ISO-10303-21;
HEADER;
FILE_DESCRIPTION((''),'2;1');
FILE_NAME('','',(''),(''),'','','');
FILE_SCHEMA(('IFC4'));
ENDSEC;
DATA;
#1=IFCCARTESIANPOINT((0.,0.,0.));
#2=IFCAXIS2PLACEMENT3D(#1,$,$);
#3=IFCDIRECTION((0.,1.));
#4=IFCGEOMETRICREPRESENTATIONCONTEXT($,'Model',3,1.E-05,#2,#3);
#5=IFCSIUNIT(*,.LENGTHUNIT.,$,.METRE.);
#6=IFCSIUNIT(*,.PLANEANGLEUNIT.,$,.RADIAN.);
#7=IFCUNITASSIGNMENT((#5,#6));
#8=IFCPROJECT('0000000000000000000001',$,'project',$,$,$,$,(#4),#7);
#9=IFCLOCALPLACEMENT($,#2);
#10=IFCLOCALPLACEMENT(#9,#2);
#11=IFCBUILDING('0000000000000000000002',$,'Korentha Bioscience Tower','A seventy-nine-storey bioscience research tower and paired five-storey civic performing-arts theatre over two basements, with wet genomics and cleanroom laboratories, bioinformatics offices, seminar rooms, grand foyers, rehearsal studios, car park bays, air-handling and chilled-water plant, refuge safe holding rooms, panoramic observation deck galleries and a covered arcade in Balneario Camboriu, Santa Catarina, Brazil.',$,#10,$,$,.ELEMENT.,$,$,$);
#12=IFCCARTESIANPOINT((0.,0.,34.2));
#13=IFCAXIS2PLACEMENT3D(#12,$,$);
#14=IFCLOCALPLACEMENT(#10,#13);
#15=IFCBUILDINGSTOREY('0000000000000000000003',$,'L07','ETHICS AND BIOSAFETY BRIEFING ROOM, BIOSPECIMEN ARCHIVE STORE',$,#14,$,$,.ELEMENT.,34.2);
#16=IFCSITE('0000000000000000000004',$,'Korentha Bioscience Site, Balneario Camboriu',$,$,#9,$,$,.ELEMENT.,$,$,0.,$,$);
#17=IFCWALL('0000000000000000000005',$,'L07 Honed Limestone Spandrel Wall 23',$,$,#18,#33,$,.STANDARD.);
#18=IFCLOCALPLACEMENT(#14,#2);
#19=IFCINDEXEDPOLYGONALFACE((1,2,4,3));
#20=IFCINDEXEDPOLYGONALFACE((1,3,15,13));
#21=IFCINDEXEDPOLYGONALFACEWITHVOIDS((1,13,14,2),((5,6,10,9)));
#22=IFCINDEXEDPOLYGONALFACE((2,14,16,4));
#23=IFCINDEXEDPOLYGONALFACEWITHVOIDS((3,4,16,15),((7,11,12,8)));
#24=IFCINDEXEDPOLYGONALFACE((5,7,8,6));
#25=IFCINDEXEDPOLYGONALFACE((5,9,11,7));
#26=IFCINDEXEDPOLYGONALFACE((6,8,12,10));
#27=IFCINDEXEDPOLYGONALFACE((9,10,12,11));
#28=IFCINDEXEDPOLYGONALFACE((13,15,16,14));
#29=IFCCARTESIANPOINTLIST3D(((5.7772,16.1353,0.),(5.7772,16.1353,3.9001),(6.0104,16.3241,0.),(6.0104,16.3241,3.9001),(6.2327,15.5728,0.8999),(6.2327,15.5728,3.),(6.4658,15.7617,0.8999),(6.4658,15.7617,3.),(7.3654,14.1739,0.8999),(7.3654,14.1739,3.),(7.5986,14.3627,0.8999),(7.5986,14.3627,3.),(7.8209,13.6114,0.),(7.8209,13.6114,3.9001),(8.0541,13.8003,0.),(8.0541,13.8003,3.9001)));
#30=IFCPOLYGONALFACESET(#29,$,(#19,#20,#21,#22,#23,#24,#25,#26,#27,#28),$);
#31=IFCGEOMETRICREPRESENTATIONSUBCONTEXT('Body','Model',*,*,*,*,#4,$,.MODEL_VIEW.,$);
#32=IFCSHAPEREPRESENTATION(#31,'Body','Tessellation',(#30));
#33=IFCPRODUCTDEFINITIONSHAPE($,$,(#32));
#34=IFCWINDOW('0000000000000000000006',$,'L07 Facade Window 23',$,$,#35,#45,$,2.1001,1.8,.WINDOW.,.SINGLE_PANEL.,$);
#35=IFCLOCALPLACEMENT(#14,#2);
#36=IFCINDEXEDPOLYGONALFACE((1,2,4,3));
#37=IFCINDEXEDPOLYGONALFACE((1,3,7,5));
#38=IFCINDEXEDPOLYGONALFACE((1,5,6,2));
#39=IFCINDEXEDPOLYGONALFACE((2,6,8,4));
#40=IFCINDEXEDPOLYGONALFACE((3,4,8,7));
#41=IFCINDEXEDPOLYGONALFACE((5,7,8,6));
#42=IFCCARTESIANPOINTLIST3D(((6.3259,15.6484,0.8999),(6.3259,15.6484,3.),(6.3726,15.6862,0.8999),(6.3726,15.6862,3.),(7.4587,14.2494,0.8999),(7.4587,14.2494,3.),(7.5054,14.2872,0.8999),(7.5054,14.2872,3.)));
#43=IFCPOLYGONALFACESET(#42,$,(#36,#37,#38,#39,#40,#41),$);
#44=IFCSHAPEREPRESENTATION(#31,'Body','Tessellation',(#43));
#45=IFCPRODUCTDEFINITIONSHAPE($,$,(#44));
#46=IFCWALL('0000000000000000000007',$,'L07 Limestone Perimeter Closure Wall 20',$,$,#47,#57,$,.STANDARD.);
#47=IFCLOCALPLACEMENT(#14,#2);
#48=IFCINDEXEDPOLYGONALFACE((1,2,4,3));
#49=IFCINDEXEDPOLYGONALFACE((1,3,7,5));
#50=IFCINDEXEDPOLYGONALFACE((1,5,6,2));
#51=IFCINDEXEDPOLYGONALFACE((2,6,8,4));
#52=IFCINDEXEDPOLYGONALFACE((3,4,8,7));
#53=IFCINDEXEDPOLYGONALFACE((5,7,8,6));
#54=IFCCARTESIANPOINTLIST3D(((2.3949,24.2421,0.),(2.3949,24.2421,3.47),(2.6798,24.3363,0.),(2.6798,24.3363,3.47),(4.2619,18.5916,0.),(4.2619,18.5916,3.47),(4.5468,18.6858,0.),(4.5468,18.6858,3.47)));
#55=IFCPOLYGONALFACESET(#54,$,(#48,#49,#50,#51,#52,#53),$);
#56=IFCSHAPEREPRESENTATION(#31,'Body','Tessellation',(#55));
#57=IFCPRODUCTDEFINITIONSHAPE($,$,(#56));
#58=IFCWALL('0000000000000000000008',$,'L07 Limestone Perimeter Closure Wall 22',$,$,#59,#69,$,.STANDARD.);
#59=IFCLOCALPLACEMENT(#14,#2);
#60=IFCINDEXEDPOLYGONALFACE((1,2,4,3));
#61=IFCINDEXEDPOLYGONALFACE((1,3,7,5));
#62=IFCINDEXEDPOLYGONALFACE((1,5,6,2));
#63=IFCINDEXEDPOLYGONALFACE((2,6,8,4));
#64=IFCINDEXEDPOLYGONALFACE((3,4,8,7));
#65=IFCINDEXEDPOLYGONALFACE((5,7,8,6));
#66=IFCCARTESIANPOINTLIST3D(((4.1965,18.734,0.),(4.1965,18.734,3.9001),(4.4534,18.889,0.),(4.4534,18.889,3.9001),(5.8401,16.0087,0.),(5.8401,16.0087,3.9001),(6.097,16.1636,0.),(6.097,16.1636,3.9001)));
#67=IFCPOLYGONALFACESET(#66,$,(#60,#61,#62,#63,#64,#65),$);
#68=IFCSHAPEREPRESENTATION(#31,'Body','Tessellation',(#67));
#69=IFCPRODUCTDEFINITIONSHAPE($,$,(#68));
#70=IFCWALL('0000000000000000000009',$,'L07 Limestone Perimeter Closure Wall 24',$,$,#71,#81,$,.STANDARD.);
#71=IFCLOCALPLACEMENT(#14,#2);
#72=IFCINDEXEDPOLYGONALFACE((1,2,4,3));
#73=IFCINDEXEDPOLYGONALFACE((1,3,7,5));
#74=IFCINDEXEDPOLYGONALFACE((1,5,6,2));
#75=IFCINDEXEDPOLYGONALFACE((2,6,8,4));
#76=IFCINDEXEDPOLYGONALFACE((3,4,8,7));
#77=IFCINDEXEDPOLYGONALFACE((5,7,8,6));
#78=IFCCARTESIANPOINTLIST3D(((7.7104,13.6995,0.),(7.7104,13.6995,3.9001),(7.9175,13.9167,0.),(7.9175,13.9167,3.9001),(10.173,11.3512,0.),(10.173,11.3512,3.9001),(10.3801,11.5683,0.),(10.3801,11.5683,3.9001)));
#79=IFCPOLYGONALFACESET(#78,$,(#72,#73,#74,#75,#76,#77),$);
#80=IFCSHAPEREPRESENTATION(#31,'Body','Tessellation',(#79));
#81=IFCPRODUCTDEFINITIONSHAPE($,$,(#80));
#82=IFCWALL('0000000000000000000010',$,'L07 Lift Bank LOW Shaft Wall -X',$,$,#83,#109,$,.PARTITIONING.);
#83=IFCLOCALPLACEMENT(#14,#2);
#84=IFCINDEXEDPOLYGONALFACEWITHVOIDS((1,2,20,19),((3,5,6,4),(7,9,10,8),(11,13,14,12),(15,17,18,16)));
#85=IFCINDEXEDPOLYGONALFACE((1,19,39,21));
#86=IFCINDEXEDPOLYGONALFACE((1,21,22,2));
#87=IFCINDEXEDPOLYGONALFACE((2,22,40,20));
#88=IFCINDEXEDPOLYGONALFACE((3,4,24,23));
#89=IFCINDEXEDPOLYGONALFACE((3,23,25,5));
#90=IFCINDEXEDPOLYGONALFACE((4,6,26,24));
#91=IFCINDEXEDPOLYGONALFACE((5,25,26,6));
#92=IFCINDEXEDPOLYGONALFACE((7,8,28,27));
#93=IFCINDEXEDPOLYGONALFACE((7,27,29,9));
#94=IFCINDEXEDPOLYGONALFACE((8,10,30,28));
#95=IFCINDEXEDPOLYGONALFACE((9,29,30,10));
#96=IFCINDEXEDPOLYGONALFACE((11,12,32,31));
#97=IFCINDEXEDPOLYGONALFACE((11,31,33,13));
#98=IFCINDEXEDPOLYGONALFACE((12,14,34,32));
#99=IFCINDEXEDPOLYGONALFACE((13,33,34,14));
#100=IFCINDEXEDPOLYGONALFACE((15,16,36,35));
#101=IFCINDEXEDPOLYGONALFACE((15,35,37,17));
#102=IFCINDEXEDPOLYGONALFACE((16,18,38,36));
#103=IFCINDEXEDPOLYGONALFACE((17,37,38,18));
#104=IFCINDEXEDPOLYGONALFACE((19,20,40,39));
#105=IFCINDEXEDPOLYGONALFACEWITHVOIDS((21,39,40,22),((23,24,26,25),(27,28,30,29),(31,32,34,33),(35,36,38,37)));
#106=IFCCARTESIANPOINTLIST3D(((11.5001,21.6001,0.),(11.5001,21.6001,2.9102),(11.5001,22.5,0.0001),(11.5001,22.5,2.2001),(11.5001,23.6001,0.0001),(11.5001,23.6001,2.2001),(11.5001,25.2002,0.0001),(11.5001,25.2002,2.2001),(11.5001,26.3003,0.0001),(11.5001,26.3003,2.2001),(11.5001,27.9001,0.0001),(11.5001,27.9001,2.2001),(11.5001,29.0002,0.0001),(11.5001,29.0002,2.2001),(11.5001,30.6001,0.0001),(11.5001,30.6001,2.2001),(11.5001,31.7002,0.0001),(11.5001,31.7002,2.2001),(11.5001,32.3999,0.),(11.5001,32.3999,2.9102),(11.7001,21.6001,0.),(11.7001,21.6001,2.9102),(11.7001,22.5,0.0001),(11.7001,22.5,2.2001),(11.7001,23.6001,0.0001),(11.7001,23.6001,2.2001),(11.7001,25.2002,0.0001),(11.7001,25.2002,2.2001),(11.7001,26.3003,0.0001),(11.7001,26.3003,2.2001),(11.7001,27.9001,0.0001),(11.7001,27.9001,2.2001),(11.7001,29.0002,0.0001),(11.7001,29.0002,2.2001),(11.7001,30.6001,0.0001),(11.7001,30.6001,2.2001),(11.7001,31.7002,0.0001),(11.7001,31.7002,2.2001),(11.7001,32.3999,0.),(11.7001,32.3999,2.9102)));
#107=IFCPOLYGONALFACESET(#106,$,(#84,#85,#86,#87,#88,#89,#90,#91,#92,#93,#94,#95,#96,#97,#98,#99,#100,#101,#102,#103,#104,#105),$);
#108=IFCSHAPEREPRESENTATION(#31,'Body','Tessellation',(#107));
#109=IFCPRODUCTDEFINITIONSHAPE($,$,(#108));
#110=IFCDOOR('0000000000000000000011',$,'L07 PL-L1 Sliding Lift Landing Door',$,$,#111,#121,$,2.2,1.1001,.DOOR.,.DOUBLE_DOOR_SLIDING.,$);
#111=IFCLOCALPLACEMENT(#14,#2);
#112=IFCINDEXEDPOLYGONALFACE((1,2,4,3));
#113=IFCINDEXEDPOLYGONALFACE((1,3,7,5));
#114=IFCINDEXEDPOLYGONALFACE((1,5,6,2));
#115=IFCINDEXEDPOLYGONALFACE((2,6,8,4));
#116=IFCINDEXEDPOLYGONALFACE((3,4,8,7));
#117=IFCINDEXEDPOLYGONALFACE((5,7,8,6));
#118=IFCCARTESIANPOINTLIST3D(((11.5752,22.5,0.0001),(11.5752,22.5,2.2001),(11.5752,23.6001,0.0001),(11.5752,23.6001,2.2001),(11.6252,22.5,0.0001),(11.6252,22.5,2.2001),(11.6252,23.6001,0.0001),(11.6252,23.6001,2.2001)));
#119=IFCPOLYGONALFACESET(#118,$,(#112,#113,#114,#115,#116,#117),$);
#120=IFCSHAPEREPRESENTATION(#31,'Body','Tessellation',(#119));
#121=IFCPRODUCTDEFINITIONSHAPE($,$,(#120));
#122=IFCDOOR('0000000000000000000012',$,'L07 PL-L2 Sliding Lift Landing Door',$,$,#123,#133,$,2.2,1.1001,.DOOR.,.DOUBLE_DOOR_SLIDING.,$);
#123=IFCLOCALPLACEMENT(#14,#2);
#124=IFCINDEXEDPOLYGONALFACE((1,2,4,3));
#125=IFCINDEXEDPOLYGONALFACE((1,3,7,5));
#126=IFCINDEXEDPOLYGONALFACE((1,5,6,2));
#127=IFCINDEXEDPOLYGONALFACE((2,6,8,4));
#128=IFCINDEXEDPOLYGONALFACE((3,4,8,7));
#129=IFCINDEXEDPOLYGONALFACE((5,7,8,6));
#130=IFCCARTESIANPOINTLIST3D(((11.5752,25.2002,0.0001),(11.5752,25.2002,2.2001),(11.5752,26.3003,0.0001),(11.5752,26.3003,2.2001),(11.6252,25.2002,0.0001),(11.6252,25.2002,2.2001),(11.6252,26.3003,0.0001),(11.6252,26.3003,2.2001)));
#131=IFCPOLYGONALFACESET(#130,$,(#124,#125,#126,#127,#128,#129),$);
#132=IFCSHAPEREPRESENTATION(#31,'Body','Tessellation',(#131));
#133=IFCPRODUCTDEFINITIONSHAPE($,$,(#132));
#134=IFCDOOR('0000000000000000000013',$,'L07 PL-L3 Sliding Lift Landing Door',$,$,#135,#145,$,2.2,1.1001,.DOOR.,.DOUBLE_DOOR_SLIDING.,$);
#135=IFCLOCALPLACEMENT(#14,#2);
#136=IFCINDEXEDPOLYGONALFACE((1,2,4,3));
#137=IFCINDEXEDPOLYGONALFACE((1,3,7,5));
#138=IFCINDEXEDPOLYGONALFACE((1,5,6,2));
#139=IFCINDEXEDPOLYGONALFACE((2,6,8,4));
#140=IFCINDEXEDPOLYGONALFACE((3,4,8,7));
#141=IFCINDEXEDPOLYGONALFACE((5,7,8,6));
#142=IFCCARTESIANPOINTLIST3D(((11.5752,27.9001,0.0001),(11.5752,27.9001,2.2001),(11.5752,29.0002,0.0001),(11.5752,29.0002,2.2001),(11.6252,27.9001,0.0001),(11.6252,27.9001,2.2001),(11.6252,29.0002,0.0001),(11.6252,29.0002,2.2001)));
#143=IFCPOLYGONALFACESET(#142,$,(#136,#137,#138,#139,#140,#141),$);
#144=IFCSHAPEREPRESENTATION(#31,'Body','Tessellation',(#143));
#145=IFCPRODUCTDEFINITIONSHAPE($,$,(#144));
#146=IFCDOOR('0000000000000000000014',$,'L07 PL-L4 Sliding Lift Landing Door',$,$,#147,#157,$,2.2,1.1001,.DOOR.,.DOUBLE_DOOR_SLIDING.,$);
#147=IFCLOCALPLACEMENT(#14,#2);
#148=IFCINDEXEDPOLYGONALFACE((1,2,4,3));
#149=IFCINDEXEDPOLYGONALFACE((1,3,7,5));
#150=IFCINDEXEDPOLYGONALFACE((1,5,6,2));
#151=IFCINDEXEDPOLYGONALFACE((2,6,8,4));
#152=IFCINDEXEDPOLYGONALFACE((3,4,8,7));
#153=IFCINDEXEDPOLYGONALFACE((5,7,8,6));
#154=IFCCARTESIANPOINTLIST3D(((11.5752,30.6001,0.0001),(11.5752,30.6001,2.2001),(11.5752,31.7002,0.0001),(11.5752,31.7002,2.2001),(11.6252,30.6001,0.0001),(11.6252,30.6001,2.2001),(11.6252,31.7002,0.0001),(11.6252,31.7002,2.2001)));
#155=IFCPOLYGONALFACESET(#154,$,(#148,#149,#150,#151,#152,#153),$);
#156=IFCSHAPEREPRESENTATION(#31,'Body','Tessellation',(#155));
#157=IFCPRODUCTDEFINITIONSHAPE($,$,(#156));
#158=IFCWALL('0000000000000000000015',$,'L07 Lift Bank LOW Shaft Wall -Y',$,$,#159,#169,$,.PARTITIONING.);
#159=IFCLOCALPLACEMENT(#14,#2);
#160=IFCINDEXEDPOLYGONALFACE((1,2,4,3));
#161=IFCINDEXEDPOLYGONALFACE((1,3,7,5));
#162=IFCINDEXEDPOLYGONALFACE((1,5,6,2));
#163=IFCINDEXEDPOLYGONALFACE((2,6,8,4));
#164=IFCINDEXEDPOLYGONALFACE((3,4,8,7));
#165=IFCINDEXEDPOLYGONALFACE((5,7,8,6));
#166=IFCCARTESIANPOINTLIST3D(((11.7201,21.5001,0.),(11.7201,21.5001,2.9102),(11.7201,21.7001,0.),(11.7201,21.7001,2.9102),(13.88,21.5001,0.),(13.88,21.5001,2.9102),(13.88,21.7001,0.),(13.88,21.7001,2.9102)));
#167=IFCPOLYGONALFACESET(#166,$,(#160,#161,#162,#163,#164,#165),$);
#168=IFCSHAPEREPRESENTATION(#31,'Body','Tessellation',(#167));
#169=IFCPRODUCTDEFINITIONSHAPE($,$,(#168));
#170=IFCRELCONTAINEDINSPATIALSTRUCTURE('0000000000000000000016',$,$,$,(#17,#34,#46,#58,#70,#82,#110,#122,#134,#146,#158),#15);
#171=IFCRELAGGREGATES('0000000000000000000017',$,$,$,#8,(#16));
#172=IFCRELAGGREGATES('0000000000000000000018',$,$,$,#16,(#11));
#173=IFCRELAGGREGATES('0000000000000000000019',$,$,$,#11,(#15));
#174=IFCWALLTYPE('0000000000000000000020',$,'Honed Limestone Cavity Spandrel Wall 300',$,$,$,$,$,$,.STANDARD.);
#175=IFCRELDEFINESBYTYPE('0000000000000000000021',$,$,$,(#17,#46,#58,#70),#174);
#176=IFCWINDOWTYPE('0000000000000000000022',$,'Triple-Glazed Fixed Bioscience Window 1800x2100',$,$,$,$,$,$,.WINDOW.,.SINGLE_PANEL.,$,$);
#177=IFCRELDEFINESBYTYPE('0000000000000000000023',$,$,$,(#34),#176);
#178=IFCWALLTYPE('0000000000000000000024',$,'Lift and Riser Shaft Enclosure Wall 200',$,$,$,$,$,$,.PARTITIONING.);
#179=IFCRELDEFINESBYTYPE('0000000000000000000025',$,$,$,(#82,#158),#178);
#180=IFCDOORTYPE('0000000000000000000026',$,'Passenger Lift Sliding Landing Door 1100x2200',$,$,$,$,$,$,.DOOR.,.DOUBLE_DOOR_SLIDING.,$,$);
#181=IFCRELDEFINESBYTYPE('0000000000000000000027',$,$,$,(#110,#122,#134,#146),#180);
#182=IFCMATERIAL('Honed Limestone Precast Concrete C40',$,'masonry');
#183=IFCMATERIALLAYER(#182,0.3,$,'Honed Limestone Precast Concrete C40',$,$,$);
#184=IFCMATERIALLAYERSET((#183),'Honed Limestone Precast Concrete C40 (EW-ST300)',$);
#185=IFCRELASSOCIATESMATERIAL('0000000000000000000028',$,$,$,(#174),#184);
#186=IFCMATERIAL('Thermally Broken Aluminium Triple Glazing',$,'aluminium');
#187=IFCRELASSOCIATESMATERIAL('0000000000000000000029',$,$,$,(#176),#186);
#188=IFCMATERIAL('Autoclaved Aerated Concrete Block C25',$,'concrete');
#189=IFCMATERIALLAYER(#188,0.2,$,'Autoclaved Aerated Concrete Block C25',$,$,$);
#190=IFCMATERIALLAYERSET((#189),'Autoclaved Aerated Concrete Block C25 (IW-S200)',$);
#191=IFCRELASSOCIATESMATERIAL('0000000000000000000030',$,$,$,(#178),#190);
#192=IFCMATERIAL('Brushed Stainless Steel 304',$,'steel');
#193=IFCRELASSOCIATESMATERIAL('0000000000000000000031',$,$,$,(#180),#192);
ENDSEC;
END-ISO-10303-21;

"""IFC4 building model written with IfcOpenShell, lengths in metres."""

from ifc_helpers import new_model, si_unit, direction, frame, frame_2d, origin, place, context, subcontext, project, spatial, rectangle, extrude, material, layer, layer_set, type_object, element, fill, save


model = new_model("IFC4")

# Units and contexts
model_context = context("Model", 3, precision=1e-05, world=origin(), true_north=direction((0.0, 1.0)))
body_context = subcontext(model_context, "Body", "Model", "MODEL_VIEW")
ifc_project = project(units=[si_unit("LENGTHUNIT", "METRE"), si_unit("PLANEANGLEUNIT", "RADIAN")], contexts=[model_context])

# Site, building, storey
site_placement = place(None, origin())
site = spatial("IfcSite", under=ifc_project, at=site_placement, Name="Korentha Bioscience Site, Balneario Camboriu", CompositionType="ELEMENT", RefElevation=0.0)
building_placement = place(site_placement, origin())
building = spatial("IfcBuilding", under=site, at=building_placement, Name="Korentha Bioscience Tower", Description="A seventy-nine-storey bioscience research tower and paired five-storey civic performing-arts theatre over two basements, with wet genomics and cleanroom laboratories, bioinformatics offices, seminar rooms, grand foyers, rehearsal studios, car park bays, air-handling and chilled-water plant, refuge safe holding rooms, panoramic observation deck galleries and a covered arcade in Balneario Camboriu, Santa Catarina, Brazil.", CompositionType="ELEMENT")
storey_placement = place(building_placement, frame((0.0, 0.0, 34.2)))
storey = spatial("IfcBuildingStorey", under=building, at=storey_placement, Name="L07", Description="ETHICS AND BIOSAFETY BRIEFING ROOM, BIOSPECIMEN ARCHIVE STORE", CompositionType="ELEMENT", Elevation=34.2)

# Wall, opening, window
ifc_material_1 = material(Name="Honed Limestone Precast Concrete C40", Category="masonry")
ifc_layer_1 = layer(ifc_material_1, 0.3, Name="Honed Limestone Precast Concrete C40")
ifc_layer_set_1 = layer_set([ifc_layer_1], Name="Honed Limestone Precast Concrete C40 (EW-ST300)")
wall_type_1 = type_object("IfcWallType", Name="Honed Limestone Cavity Spandrel Wall 300", PredefinedType="STANDARD", material=ifc_layer_set_1)
wall_1_placement = place(storey_placement, frame((5.8938, 16.2297, 0.0), z_axis=(0.0, 0.0, 1.0), x_axis=(0.629296, -0.777166, 0.0)))
wall_1 = element("IfcWall", 1, at=wall_1_placement, inside=storey, type_object=wall_type_1, Name="L07 Honed Limestone Spandrel Wall 23", PredefinedType="STANDARD", context=body_context, shape_type="SweptSolid", body=[
    extrude(rectangle(XDim=3.2476, YDim=0.3, at=frame_2d((1.6238, 0.0))), origin(), (0.0, 0.0, 1.0), 3.9001),
])
opening_1_placement = place(wall_1_placement, frame((0.7239, 0.0, 0.8999)))
opening_1 = element("IfcOpeningElement", 2, at=opening_1_placement, cuts=wall_1, PredefinedType="OPENING", context=body_context, shape_type="SweptSolid", body=[
    extrude(rectangle(XDim=1.8, YDim=2.1001, at=frame_2d((0.8999, 1.05))), frame((0.0, 0.165, 0.0), z_axis=(0.0, -1.0, 0.0), x_axis=(1.0, 0.0, 0.0)), (0.0, 0.0, 1.0), 0.3298),
])
ifc_material_2 = material(Name="Thermally Broken Aluminium Triple Glazing", Category="aluminium")
window_type = type_object("IfcWindowType", Name="Triple-Glazed Fixed Bioscience Window 1800x2100", PartitioningType="SINGLE_PANEL", PredefinedType="WINDOW", material=ifc_material_2)
window_placement = place(opening_1_placement, origin())
window = element("IfcWindow", 3, at=window_placement, inside=storey, type_object=window_type, Name="L07 Facade Window 23", OverallHeight=2.1001, OverallWidth=1.8, PartitioningType="SINGLE_PANEL", PredefinedType="WINDOW", context=body_context, shape_type="SweptSolid", body=[
    extrude(rectangle(XDim=1.8, YDim=2.1001, at=frame_2d((0.8999, 1.05))), frame((0.0, 0.03, 0.0), z_axis=(0.0, -1.0, 0.0), x_axis=(1.0, 0.0, 0.0)), (0.0, 0.0, 1.0), 0.0601),
])
fill(opening_1, window)

# Walls
wall_2_placement = place(storey_placement, frame((2.5374, 24.2893, 0.0), z_axis=(0.0, 0.0, 1.0), x_axis=(0.313728, -0.949513, 0.0)))
element("IfcWall", 4, at=wall_2_placement, inside=storey, type_object=wall_type_1, Name="L07 Limestone Perimeter Closure Wall 20", PredefinedType="STANDARD", context=body_context, shape_type="SweptSolid", body=[
    extrude(rectangle(XDim=5.9509, YDim=0.3, at=frame_2d((2.9756, 0.0))), origin(), (0.0, 0.0, 1.0), 3.47),
])
wall_3_placement = place(storey_placement, frame((4.325, 18.8115, 0.0), z_axis=(0.0, 0.0, 1.0), x_axis=(0.516424, -0.856333, 0.0)))
element("IfcWall", 5, at=wall_3_placement, inside=storey, type_object=wall_type_1, Name="L07 Limestone Perimeter Closure Wall 22", PredefinedType="STANDARD", context=body_context, shape_type="SweptSolid", body=[
    extrude(rectangle(XDim=3.1826, YDim=0.3, at=frame_2d((1.5913, 0.0))), origin(), (0.0, 0.0, 1.0), 3.9001),
])
wall_4_placement = place(storey_placement, frame((7.814, 13.8081, 0.0), z_axis=(0.0, 0.0, 1.0), x_axis=(0.723696, -0.690119, 0.0)))
element("IfcWall", 6, at=wall_4_placement, inside=storey, type_object=wall_type_1, Name="L07 Limestone Perimeter Closure Wall 24", PredefinedType="STANDARD", context=body_context, shape_type="SweptSolid", body=[
    extrude(rectangle(XDim=3.4028, YDim=0.3, at=frame_2d((1.7014, 0.0))), origin(), (0.0, 0.0, 1.0), 3.9001),
])

# Wall, openings, doors
ifc_material_3 = material(Name="Autoclaved Aerated Concrete Block C25", Category="concrete")
ifc_layer_2 = layer(ifc_material_3, 0.2, Name="Autoclaved Aerated Concrete Block C25")
ifc_layer_set_2 = layer_set([ifc_layer_2], Name="Autoclaved Aerated Concrete Block C25 (IW-S200)")
wall_type_2 = type_object("IfcWallType", Name="Lift and Riser Shaft Enclosure Wall 200", PredefinedType="PARTITIONING", material=ifc_layer_set_2)
wall_5_placement = place(storey_placement, frame((11.6001, 21.6001, 0.0), z_axis=(0.0, 0.0, 1.0), x_axis=(0.0, 1.0, 0.0)))
wall_5 = element("IfcWall", 7, at=wall_5_placement, inside=storey, type_object=wall_type_2, Name="L07 Lift Bank LOW Shaft Wall -X", PredefinedType="PARTITIONING", context=body_context, shape_type="SweptSolid", body=[
    extrude(rectangle(XDim=10.7998, YDim=0.2, at=frame_2d((5.3999, 0.0))), origin(), (0.0, 0.0, 1.0), 2.9102),
])
opening_2_placement = place(wall_5_placement, frame((0.8999, 0.0, 0.0)))
opening_2 = element("IfcOpeningElement", 8, at=opening_2_placement, cuts=wall_5, PredefinedType="OPENING", context=body_context, shape_type="SweptSolid", body=[
    extrude(rectangle(XDim=1.1001, YDim=2.2, at=frame_2d((0.55, 1.1001))), frame((0.0, 0.1147, 0.0), z_axis=(0.0, -1.0, 0.0), x_axis=(1.0, 0.0, 0.0)), (0.0, 0.0, 1.0), 0.2297),
])
opening_3_placement = place(wall_5_placement, frame((3.6001, 0.0, 0.0)))
opening_3 = element("IfcOpeningElement", 9, at=opening_3_placement, cuts=wall_5, PredefinedType="OPENING", context=body_context, shape_type="SweptSolid", body=[
    extrude(rectangle(XDim=1.1001, YDim=2.2, at=frame_2d((0.55, 1.1001))), frame((0.0, 0.1147, 0.0), z_axis=(0.0, -1.0, 0.0), x_axis=(1.0, 0.0, 0.0)), (0.0, 0.0, 1.0), 0.2297),
])
opening_4_placement = place(wall_5_placement, frame((6.3, 0.0, 0.0)))
opening_4 = element("IfcOpeningElement", 10, at=opening_4_placement, cuts=wall_5, PredefinedType="OPENING", context=body_context, shape_type="SweptSolid", body=[
    extrude(rectangle(XDim=1.1001, YDim=2.2, at=frame_2d((0.55, 1.1001))), frame((0.0, 0.1147, 0.0), z_axis=(0.0, -1.0, 0.0), x_axis=(1.0, 0.0, 0.0)), (0.0, 0.0, 1.0), 0.2297),
])
opening_5_placement = place(wall_5_placement, frame((9.0, 0.0, 0.0)))
opening_5 = element("IfcOpeningElement", 11, at=opening_5_placement, cuts=wall_5, PredefinedType="OPENING", context=body_context, shape_type="SweptSolid", body=[
    extrude(rectangle(XDim=1.1001, YDim=2.2, at=frame_2d((0.55, 1.1001))), frame((0.0, 0.1147, 0.0), z_axis=(0.0, -1.0, 0.0), x_axis=(1.0, 0.0, 0.0)), (0.0, 0.0, 1.0), 0.2297),
])
ifc_material_4 = material(Name="Brushed Stainless Steel 304", Category="steel")
door_type_1 = type_object("IfcDoorType", Name="Passenger Lift Sliding Landing Door 1100x2200", OperationType="DOUBLE_DOOR_SLIDING", PredefinedType="DOOR", material=ifc_material_4)
door_1_placement = place(opening_2_placement, origin())
door_1 = element("IfcDoor", 12, at=door_1_placement, inside=storey, type_object=door_type_1, Name="L07 PL-L1 Sliding Lift Landing Door", OperationType="DOUBLE_DOOR_SLIDING", OverallHeight=2.2, OverallWidth=1.1001, PredefinedType="DOOR", context=body_context, shape_type="SweptSolid", body=[
    extrude(rectangle(XDim=1.1001, YDim=2.2, at=frame_2d((0.55, 1.1001))), frame((0.0, 0.0249, 0.0), z_axis=(0.0, -1.0, 0.0), x_axis=(1.0, 0.0, 0.0)), (0.0, 0.0, 1.0), 0.05),
])
fill(opening_2, door_1)
door_2_placement = place(opening_3_placement, origin())
door_2 = element("IfcDoor", 13, at=door_2_placement, inside=storey, type_object=door_type_1, Name="L07 PL-L2 Sliding Lift Landing Door", OperationType="DOUBLE_DOOR_SLIDING", OverallHeight=2.2, OverallWidth=1.1001, PredefinedType="DOOR", context=body_context, shape_type="SweptSolid", body=[
    extrude(rectangle(XDim=1.1001, YDim=2.2, at=frame_2d((0.55, 1.1001))), frame((0.0, 0.0249, 0.0), z_axis=(0.0, -1.0, 0.0), x_axis=(1.0, 0.0, 0.0)), (0.0, 0.0, 1.0), 0.05),
])
fill(opening_3, door_2)
door_3_placement = place(opening_4_placement, origin())
door_3 = element("IfcDoor", 14, at=door_3_placement, inside=storey, type_object=door_type_1, Name="L07 PL-L3 Sliding Lift Landing Door", OperationType="DOUBLE_DOOR_SLIDING", OverallHeight=2.2, OverallWidth=1.1001, PredefinedType="DOOR", context=body_context, shape_type="SweptSolid", body=[
    extrude(rectangle(XDim=1.1001, YDim=2.2, at=frame_2d((0.55, 1.1001))), frame((0.0, 0.0249, 0.0), z_axis=(0.0, -1.0, 0.0), x_axis=(1.0, 0.0, 0.0)), (0.0, 0.0, 1.0), 0.05),
])
fill(opening_4, door_3)
door_4_placement = place(opening_5_placement, origin())
door_4 = element("IfcDoor", 15, at=door_4_placement, inside=storey, type_object=door_type_1, Name="L07 PL-L4 Sliding Lift Landing Door", OperationType="DOUBLE_DOOR_SLIDING", OverallHeight=2.2, OverallWidth=1.1001, PredefinedType="DOOR", context=body_context, shape_type="SweptSolid", body=[
    extrude(rectangle(XDim=1.1001, YDim=2.2, at=frame_2d((0.55, 1.1001))), frame((0.0, 0.0249, 0.0), z_axis=(0.0, -1.0, 0.0), x_axis=(1.0, 0.0, 0.0)), (0.0, 0.0, 1.0), 0.05),
])
fill(opening_5, door_4)

# Wall
wall_6_placement = place(storey_placement, frame((11.72, 21.6001, 0.0), z_axis=(0.0, 0.0, 1.0), x_axis=(1.0, 0.0, 0.0)))
element("IfcWall", 16, at=wall_6_placement, inside=storey, type_object=wall_type_2, Name="L07 Lift Bank LOW Shaft Wall -Y", PredefinedType="PARTITIONING", context=body_context, shape_type="SweptSolid", body=[
    extrude(rectangle(XDim=2.1599, YDim=0.2, at=frame_2d((1.0801, 0.0))), origin(), (0.0, 0.0, 1.0), 2.9102),
])

save(model, "model.ifc")
